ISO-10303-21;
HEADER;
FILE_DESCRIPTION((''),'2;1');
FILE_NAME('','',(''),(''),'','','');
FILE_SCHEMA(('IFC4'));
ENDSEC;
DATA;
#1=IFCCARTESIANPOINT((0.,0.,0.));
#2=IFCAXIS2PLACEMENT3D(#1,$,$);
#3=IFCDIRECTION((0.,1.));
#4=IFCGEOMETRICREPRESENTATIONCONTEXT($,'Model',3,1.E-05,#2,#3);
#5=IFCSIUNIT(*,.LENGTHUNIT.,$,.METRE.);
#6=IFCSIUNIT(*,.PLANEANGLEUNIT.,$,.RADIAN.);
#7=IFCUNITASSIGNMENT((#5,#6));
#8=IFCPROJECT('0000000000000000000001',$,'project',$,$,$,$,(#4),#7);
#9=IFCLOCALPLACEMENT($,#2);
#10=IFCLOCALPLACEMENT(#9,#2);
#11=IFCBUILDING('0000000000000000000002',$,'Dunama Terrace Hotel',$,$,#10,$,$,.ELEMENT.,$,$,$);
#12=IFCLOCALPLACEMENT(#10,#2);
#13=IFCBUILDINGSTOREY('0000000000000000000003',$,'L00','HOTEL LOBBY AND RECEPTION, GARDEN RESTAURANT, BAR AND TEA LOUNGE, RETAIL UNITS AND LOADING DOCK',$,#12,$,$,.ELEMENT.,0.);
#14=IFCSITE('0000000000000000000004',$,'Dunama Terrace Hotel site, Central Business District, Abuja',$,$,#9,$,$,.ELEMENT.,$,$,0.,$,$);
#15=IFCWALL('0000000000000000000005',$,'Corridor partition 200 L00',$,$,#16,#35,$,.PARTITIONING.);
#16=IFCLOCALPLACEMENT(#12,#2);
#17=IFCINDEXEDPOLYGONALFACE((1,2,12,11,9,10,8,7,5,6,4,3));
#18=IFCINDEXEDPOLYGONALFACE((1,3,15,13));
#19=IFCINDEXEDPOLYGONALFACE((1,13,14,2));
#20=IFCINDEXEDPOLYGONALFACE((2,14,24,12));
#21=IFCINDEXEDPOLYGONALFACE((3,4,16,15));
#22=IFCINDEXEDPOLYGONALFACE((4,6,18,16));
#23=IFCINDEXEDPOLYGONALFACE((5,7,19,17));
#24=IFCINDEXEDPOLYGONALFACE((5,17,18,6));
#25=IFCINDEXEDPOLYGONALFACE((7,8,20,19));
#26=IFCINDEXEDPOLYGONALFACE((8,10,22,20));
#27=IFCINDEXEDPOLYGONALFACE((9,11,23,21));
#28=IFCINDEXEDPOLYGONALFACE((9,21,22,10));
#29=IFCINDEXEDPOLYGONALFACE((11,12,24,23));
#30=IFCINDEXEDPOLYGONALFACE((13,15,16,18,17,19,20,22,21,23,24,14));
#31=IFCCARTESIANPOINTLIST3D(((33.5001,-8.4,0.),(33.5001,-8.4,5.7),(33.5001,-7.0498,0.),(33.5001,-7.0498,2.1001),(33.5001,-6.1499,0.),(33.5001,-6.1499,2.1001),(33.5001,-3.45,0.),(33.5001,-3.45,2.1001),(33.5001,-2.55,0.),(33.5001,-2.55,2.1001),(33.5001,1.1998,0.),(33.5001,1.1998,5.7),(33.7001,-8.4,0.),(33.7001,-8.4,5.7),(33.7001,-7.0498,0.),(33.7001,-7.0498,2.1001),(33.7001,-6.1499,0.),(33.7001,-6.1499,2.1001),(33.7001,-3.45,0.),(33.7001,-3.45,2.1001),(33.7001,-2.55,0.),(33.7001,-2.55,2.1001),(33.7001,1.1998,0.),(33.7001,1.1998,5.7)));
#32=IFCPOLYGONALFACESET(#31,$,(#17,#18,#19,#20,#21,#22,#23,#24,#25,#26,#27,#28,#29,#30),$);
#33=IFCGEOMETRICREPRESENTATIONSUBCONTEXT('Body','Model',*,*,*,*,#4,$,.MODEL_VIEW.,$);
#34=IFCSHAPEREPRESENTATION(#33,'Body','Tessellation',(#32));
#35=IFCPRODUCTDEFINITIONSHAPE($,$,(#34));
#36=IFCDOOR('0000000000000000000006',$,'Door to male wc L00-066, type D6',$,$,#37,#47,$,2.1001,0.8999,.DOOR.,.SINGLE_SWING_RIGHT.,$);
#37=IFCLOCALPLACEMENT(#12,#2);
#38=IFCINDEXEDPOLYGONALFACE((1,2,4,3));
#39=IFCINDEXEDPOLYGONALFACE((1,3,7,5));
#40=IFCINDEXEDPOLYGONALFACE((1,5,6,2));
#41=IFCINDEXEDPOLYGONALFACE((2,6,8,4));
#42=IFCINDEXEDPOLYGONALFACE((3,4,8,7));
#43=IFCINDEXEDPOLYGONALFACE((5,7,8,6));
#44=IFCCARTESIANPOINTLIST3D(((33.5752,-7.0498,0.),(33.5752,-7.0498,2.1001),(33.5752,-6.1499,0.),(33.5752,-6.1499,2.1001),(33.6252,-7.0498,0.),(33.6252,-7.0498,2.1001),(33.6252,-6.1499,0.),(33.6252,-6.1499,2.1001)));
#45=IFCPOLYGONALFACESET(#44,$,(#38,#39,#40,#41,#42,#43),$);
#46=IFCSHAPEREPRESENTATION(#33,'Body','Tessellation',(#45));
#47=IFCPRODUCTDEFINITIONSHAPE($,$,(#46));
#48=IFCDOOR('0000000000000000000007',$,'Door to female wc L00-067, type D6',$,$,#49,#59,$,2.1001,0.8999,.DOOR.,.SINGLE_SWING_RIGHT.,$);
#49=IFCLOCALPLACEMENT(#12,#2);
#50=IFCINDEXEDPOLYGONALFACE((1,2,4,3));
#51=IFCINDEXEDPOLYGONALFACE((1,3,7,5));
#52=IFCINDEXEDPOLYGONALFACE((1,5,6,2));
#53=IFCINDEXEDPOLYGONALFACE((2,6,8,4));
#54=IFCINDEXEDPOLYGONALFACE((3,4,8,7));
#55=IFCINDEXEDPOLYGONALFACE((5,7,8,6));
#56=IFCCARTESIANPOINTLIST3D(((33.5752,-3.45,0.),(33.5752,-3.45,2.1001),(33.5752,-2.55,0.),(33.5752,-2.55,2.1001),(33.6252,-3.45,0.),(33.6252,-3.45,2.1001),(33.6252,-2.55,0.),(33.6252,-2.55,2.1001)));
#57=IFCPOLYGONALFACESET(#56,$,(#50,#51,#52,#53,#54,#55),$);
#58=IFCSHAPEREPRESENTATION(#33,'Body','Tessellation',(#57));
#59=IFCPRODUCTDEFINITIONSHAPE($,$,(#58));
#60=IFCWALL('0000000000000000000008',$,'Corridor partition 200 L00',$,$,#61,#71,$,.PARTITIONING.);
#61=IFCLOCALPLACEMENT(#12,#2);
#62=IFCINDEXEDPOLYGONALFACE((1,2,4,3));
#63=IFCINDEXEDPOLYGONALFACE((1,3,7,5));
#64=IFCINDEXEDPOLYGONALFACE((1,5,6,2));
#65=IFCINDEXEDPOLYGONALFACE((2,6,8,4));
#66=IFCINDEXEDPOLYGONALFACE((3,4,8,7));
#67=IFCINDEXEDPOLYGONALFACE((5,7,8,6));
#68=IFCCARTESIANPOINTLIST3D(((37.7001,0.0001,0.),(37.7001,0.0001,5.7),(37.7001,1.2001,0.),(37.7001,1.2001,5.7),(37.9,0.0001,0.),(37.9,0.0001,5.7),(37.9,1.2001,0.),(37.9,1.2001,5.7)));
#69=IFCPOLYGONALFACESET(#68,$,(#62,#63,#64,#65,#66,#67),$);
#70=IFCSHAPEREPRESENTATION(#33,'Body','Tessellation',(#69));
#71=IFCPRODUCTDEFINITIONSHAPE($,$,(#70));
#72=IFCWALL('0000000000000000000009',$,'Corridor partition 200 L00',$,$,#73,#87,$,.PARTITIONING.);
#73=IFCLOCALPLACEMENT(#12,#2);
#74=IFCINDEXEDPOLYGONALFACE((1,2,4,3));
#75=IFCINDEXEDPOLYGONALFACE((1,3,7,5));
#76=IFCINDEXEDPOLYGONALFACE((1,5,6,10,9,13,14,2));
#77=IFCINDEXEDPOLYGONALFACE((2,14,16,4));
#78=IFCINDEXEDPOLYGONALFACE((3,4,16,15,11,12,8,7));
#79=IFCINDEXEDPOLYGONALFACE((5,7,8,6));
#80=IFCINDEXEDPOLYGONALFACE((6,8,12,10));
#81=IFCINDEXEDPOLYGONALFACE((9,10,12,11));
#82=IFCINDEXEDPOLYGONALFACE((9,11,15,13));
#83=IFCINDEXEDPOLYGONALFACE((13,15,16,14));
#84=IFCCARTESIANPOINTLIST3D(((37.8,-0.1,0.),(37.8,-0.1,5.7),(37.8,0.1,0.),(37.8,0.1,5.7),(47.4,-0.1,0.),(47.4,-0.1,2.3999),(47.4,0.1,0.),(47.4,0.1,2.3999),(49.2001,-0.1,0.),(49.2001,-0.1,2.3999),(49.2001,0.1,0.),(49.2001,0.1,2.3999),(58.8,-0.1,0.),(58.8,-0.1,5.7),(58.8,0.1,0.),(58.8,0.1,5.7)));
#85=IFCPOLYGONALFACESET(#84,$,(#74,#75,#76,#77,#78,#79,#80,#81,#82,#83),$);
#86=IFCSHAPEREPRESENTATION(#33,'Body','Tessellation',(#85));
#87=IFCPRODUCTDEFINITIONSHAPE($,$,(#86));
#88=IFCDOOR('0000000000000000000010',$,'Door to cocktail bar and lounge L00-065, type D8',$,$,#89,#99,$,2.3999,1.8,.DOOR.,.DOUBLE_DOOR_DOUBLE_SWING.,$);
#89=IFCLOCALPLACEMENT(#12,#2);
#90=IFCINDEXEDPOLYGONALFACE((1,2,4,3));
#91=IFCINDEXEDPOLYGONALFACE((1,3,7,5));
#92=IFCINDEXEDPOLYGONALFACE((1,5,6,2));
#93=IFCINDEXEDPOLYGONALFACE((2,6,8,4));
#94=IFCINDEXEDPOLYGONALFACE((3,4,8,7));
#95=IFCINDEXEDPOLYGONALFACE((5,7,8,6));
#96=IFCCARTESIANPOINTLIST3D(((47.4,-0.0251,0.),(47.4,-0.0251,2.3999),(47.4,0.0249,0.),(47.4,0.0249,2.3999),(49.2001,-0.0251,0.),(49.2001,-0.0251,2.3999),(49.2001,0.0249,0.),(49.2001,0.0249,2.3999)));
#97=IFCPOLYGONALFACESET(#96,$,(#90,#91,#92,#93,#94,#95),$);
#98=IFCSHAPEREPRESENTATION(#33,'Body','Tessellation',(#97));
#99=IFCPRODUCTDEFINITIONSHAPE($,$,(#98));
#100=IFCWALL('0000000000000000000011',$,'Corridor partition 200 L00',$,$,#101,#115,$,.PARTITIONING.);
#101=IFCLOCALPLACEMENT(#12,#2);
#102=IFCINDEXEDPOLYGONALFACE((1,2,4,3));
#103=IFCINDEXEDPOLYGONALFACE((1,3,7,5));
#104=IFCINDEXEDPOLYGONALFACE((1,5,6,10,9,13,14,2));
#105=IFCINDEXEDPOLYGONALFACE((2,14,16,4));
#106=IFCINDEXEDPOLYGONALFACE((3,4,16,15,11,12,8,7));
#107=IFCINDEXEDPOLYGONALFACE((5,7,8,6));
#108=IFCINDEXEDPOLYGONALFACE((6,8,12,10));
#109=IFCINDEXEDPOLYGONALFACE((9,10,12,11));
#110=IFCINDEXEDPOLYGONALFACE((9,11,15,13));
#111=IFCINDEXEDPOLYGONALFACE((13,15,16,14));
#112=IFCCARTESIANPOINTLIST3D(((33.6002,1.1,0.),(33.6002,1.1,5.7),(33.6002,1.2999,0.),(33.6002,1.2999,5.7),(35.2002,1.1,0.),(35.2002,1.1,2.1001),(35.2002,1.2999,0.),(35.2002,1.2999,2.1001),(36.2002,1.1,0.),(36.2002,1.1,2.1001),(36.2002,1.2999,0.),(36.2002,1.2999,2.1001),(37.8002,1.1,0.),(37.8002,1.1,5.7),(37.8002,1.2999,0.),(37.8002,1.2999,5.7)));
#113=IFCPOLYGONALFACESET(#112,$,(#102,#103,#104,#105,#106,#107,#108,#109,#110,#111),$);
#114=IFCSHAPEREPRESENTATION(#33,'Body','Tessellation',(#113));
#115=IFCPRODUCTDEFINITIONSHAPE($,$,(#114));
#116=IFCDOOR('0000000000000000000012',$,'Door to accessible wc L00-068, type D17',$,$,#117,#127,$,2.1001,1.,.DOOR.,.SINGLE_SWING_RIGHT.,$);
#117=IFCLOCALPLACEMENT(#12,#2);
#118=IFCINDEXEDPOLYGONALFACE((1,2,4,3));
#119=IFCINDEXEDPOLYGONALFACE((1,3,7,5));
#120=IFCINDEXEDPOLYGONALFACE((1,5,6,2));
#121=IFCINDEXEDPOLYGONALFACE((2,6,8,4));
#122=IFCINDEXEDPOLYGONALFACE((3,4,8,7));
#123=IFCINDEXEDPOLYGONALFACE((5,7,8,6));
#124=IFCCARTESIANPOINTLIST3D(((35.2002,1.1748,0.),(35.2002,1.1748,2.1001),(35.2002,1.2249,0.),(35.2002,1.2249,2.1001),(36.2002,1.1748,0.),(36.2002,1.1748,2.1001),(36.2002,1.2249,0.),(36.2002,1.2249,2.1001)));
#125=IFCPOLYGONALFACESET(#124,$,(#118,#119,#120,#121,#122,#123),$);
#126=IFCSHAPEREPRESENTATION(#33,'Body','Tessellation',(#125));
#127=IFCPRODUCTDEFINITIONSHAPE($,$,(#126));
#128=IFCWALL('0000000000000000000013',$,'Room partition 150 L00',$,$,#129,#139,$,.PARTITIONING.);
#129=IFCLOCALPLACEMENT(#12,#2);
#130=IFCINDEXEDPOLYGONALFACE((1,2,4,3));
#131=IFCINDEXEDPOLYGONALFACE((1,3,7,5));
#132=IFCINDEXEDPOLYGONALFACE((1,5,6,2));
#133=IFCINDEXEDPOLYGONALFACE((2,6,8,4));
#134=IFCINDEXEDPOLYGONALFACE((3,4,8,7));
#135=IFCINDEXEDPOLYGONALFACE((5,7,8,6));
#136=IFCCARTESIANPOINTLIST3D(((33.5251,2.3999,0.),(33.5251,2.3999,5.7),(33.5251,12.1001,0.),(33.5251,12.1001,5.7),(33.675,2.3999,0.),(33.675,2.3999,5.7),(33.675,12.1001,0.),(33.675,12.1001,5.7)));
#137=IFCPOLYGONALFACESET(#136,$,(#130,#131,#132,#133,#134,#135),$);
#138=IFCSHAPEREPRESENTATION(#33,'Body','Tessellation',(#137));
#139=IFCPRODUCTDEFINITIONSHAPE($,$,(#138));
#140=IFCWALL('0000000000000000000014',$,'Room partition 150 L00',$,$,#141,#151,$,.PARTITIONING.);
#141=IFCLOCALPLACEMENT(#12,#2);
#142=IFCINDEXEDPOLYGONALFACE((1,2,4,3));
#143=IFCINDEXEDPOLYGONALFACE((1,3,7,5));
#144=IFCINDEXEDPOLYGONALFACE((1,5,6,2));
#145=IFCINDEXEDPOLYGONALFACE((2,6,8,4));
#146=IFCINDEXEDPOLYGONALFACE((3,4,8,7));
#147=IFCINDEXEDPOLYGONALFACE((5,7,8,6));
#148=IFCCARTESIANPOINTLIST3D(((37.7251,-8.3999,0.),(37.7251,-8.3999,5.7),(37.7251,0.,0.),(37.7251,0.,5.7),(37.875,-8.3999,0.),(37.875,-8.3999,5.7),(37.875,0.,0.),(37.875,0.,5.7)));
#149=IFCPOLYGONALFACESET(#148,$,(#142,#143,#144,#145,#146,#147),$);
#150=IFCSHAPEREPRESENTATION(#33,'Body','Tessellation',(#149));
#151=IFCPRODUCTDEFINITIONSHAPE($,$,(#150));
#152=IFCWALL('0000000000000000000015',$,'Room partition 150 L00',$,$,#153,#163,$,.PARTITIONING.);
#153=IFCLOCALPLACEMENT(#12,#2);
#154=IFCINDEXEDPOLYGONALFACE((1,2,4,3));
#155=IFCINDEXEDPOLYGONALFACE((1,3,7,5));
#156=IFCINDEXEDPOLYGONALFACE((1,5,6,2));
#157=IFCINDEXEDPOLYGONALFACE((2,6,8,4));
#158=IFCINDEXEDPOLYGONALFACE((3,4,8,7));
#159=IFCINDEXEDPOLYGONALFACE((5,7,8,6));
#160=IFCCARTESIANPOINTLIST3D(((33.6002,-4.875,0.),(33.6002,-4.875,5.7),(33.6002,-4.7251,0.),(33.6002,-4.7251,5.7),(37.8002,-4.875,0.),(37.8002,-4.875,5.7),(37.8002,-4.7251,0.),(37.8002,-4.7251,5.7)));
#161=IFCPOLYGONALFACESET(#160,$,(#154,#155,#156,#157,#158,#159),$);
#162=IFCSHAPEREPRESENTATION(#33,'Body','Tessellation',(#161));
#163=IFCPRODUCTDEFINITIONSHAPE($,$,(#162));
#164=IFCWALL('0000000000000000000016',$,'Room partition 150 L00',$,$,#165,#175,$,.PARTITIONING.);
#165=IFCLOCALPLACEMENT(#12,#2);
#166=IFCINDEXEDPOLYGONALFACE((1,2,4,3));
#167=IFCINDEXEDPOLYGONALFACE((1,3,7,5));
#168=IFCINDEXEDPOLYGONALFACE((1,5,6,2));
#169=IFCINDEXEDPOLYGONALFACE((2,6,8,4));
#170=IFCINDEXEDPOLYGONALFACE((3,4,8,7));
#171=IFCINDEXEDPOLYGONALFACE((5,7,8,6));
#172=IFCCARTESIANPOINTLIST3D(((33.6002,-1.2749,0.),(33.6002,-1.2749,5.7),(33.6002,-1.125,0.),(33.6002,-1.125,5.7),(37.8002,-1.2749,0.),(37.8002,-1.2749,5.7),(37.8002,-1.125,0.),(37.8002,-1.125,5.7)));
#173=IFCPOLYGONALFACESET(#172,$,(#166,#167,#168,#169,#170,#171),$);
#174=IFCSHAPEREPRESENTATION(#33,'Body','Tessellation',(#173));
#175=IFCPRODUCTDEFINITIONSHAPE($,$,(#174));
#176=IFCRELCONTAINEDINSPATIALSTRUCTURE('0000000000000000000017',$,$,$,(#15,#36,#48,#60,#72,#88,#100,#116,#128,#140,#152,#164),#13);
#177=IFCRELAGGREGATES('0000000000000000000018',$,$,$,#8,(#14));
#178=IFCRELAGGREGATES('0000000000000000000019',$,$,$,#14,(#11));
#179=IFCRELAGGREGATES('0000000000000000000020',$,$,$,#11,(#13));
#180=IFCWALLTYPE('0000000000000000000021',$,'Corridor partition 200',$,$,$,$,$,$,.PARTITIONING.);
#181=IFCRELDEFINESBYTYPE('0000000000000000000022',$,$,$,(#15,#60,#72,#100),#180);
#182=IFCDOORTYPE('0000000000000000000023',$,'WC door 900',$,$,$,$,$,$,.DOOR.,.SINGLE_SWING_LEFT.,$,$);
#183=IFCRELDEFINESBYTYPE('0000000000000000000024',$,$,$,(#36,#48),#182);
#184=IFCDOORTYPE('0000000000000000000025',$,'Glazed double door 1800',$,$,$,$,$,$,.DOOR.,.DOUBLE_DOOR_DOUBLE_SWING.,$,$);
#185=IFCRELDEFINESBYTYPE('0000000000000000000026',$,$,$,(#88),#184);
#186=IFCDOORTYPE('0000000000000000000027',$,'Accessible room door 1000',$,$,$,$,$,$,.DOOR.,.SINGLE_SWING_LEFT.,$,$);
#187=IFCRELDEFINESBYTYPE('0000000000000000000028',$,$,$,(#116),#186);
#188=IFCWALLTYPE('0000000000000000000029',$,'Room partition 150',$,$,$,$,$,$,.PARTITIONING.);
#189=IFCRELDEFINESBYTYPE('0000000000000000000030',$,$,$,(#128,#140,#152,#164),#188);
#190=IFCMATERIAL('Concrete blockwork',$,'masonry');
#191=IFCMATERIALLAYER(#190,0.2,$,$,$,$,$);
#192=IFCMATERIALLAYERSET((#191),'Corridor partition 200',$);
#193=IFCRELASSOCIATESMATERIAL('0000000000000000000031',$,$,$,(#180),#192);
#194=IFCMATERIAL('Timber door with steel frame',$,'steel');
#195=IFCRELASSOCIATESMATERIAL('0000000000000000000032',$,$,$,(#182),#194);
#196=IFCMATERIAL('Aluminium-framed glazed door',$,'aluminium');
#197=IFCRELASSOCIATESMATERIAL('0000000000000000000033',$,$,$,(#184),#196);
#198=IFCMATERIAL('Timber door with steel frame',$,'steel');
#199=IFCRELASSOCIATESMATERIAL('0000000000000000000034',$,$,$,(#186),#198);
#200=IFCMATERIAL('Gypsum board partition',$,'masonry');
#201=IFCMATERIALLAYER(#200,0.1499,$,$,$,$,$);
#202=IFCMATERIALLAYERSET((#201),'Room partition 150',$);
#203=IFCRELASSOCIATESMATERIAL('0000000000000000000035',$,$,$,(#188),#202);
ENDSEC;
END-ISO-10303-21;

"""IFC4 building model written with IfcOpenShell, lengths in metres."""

from ifc_helpers import new_model, si_unit, direction, frame, frame_2d, origin, place, context, subcontext, project, spatial, rectangle, extrude, material, layer, layer_set, type_object, element, fill, save


model = new_model("IFC4")

# Units and contexts
model_context = context("Model", 3, precision=1e-05, world=origin(), true_north=direction((0.0, 1.0)))
body_context = subcontext(model_context, "Body", "Model", "MODEL_VIEW")
ifc_project = project(units=[si_unit("LENGTHUNIT", "METRE"), si_unit("PLANEANGLEUNIT", "RADIAN")], contexts=[model_context])

# Site, building, storey
site_placement = place(None, origin())
site = spatial("IfcSite", under=ifc_project, at=site_placement, Name="Dunama Terrace Hotel site, Central Business District, Abuja", CompositionType="ELEMENT", RefElevation=0.0)
building_placement = place(site_placement, origin())
building = spatial("IfcBuilding", under=site, at=building_placement, Name="Dunama Terrace Hotel", CompositionType="ELEMENT")
storey_placement = place(building_placement, origin())
storey = spatial("IfcBuildingStorey", under=building, at=storey_placement, Name="L00", Description="HOTEL LOBBY AND RECEPTION, GARDEN RESTAURANT, BAR AND TEA LOUNGE, RETAIL UNITS AND LOADING DOCK", CompositionType="ELEMENT", Elevation=0.0)

# Wall, openings, doors
ifc_material_1 = material(Name="Concrete blockwork", Category="masonry")
ifc_layer_1 = layer(ifc_material_1, 0.2)
ifc_layer_set_1 = layer_set([ifc_layer_1], Name="Corridor partition 200")
wall_type_1 = type_object("IfcWallType", Name="Corridor partition 200", PredefinedType="PARTITIONING", material=ifc_layer_set_1)
wall_1_placement = place(storey_placement, frame((33.6001, -8.3999, 0.0), z_axis=(0.0, 0.0, 1.0), x_axis=(0.0, 1.0, 0.0)))
wall_1 = element("IfcWall", 1, at=wall_1_placement, inside=storey, type_object=wall_type_1, Name="Corridor partition 200 L00", PredefinedType="PARTITIONING", context=body_context, shape_type="SweptSolid", body=[
    extrude(rectangle(XDim=9.5999, YDim=0.2, at=frame_2d((4.7998, 0.0))), origin(), (0.0, 0.0, 1.0), 5.7),
])
opening_1_placement = place(wall_1_placement, frame((1.3501, 0.0, 0.0)))
opening_1 = element("IfcOpeningElement", 2, at=opening_1_placement, cuts=wall_1, PredefinedType="OPENING", context=body_context, shape_type="SweptSolid", body=[
    extrude(rectangle(XDim=0.8999, YDim=2.1001, at=frame_2d((0.45, 1.05))), frame((0.0, 0.1099, 0.0), z_axis=(0.0, -1.0, 0.0), x_axis=(1.0, 0.0, 0.0)), (0.0, 0.0, 1.0), 0.22),
])
opening_2_placement = place(wall_1_placement, frame((4.95, 0.0, 0.0)))
opening_2 = element("IfcOpeningElement", 3, at=opening_2_placement, cuts=wall_1, PredefinedType="OPENING", context=body_context, shape_type="SweptSolid", body=[
    extrude(rectangle(XDim=0.8999, YDim=2.1001, at=frame_2d((0.45, 1.05))), frame((0.0, 0.1099, 0.0), z_axis=(0.0, -1.0, 0.0), x_axis=(1.0, 0.0, 0.0)), (0.0, 0.0, 1.0), 0.22),
])
ifc_material_2 = material(Name="Timber door with steel frame", Category="steel")
door_type_1 = type_object("IfcDoorType", Name="WC door 900", OperationType="SINGLE_SWING_LEFT", PredefinedType="DOOR", material=ifc_material_2)
door_1_placement = place(opening_1_placement, frame((0.8999, 0.0, 0.0), z_axis=(0.0, 0.0, 1.0), x_axis=(-1.0, 0.0, 0.0)))
door_1 = element("IfcDoor", 4, at=door_1_placement, inside=storey, type_object=door_type_1, Name="Door to male wc L00-066, type D6", OperationType="SINGLE_SWING_RIGHT", OverallHeight=2.1001, OverallWidth=0.8999, PredefinedType="DOOR", context=body_context, shape_type="SweptSolid", body=[
    extrude(rectangle(XDim=0.8999, YDim=2.1001, at=frame_2d((0.45, 1.05))), frame((0.0, 0.0251, 0.0), z_axis=(0.0, -1.0, 0.0), x_axis=(1.0, 0.0, 0.0)), (0.0, 0.0, 1.0), 0.05),
])
fill(opening_1, door_1)
door_2_placement = place(opening_2_placement, frame((0.8999, 0.0, 0.0), z_axis=(0.0, 0.0, 1.0), x_axis=(-1.0, 0.0, 0.0)))
door_2 = element("IfcDoor", 5, at=door_2_placement, inside=storey, type_object=door_type_1, Name="Door to female wc L00-067, type D6", OperationType="SINGLE_SWING_RIGHT", OverallHeight=2.1001, OverallWidth=0.8999, PredefinedType="DOOR", context=body_context, shape_type="SweptSolid", body=[
    extrude(rectangle(XDim=0.8999, YDim=2.1001, at=frame_2d((0.45, 1.05))), frame((0.0, 0.0251, 0.0), z_axis=(0.0, -1.0, 0.0), x_axis=(1.0, 0.0, 0.0)), (0.0, 0.0, 1.0), 0.05),
])
fill(opening_2, door_2)

# Wall
wall_2_placement = place(storey_placement, frame((37.8, 0.0, 0.0), z_axis=(0.0, 0.0, 1.0), x_axis=(0.0, 1.0, 0.0)))
element("IfcWall", 6, at=wall_2_placement, inside=storey, type_object=wall_type_1, Name="Corridor partition 200 L00", PredefinedType="PARTITIONING", context=body_context, shape_type="SweptSolid", body=[
    extrude(rectangle(XDim=1.2, YDim=0.2, at=frame_2d((0.6001, 0.0))), origin(), (0.0, 0.0, 1.0), 5.7),
])

# Walls, openings, doors
wall_3_placement = place(storey_placement, frame((37.8, 0.0, 0.0), z_axis=(0.0, 0.0, 1.0), x_axis=(1.0, 0.0, 0.0)))
wall_3 = element("IfcWall", 7, at=wall_3_placement, inside=storey, type_object=wall_type_1, Name="Corridor partition 200 L00", PredefinedType="PARTITIONING", context=body_context, shape_type="SweptSolid", body=[
    extrude(rectangle(XDim=21.0, YDim=0.2, at=frame_2d((10.5, 0.0))), origin(), (0.0, 0.0, 1.0), 5.7),
])
opening_3_placement = place(wall_3_placement, frame((9.6001, 0.0, 0.0)))
opening_3 = element("IfcOpeningElement", 8, at=opening_3_placement, cuts=wall_3, PredefinedType="OPENING", context=body_context, shape_type="SweptSolid", body=[
    extrude(rectangle(XDim=1.8, YDim=2.3999, at=frame_2d((0.8999, 1.2))), frame((0.0, 0.1099, 0.0), z_axis=(0.0, -1.0, 0.0), x_axis=(1.0, 0.0, 0.0)), (0.0, 0.0, 1.0), 0.22),
])
ifc_material_3 = material(Name="Aluminium-framed glazed door", Category="aluminium")
door_type_2 = type_object("IfcDoorType", Name="Glazed double door 1800", OperationType="DOUBLE_DOOR_DOUBLE_SWING", PredefinedType="DOOR", material=ifc_material_3)
door_3_placement = place(opening_3_placement, origin())
door_3 = element("IfcDoor", 9, at=door_3_placement, inside=storey, type_object=door_type_2, Name="Door to cocktail bar and lounge L00-065, type D8", OperationType="DOUBLE_DOOR_DOUBLE_SWING", OverallHeight=2.3999, OverallWidth=1.8, PredefinedType="DOOR", context=body_context, shape_type="SweptSolid", body=[
    extrude(rectangle(XDim=1.8, YDim=2.3999, at=frame_2d((0.8999, 1.2))), frame((0.0, 0.0249, 0.0), z_axis=(0.0, -1.0, 0.0), x_axis=(1.0, 0.0, 0.0)), (0.0, 0.0, 1.0), 0.05),
])
fill(opening_3, door_3)
wall_4_placement = place(storey_placement, frame((33.6001, 1.2, 0.0), z_axis=(0.0, 0.0, 1.0), x_axis=(1.0, 0.0, 0.0)))
wall_4 = element("IfcWall", 10, at=wall_4_placement, inside=storey, type_object=wall_type_1, Name="Corridor partition 200 L00", PredefinedType="PARTITIONING", context=body_context, shape_type="SweptSolid", body=[
    extrude(rectangle(XDim=4.2, YDim=0.2, at=frame_2d((2.1001, 0.0))), origin(), (0.0, 0.0, 1.0), 5.7),
])
opening_4_placement = place(wall_4_placement, frame((1.6001, 0.0, 0.0)))
opening_4 = element("IfcOpeningElement", 11, at=opening_4_placement, cuts=wall_4, PredefinedType="OPENING", context=body_context, shape_type="SweptSolid", body=[
    extrude(rectangle(XDim=1.0, YDim=2.1001, at=frame_2d((0.5, 1.05))), frame((0.0, 0.1099, 0.0), z_axis=(0.0, -1.0, 0.0), x_axis=(1.0, 0.0, 0.0)), (0.0, 0.0, 1.0), 0.22),
])
ifc_material_4 = material(Name="Timber door with steel frame", Category="steel")
door_type_3 = type_object("IfcDoorType", Name="Accessible room door 1000", OperationType="SINGLE_SWING_LEFT", PredefinedType="DOOR", material=ifc_material_4)
door_4_placement = place(opening_4_placement, frame((1.0, 0.0, 0.0), z_axis=(0.0, 0.0, 1.0), x_axis=(-1.0, 0.0, 0.0)))
door_4 = element("IfcDoor", 12, at=door_4_placement, inside=storey, type_object=door_type_3, Name="Door to accessible wc L00-068, type D17", OperationType="SINGLE_SWING_RIGHT", OverallHeight=2.1001, OverallWidth=1.0, PredefinedType="DOOR", context=body_context, shape_type="SweptSolid", body=[
    extrude(rectangle(XDim=1.0, YDim=2.1001, at=frame_2d((0.5, 1.05))), frame((0.0, 0.0251, 0.0), z_axis=(0.0, -1.0, 0.0), x_axis=(1.0, 0.0, 0.0)), (0.0, 0.0, 1.0), 0.05),
])
fill(opening_4, door_4)

# Walls
ifc_material_5 = material(Name="Gypsum board partition", Category="masonry")
ifc_layer_2 = layer(ifc_material_5, 0.1499)
ifc_layer_set_2 = layer_set([ifc_layer_2], Name="Room partition 150")
wall_type_2 = type_object("IfcWallType", Name="Room partition 150", PredefinedType="PARTITIONING", material=ifc_layer_set_2)
wall_5_placement = place(storey_placement, frame((33.6001, 2.3999, 0.0), z_axis=(0.0, 0.0, 1.0), x_axis=(0.0, 1.0, 0.0)))
element("IfcWall", 13, at=wall_5_placement, inside=storey, type_object=wall_type_2, Name="Room partition 150 L00", PredefinedType="PARTITIONING", context=body_context, shape_type="SweptSolid", body=[
    extrude(rectangle(XDim=9.7002, YDim=0.1499, at=frame_2d((4.8501, 0.0))), origin(), (0.0, 0.0, 1.0), 5.7),
])
wall_6_placement = place(storey_placement, frame((37.8, -8.3999, 0.0), z_axis=(0.0, 0.0, 1.0), x_axis=(0.0, 1.0, 0.0)))
element("IfcWall", 14, at=wall_6_placement, inside=storey, type_object=wall_type_2, Name="Room partition 150 L00", PredefinedType="PARTITIONING", context=body_context, shape_type="SweptSolid", body=[
    extrude(rectangle(XDim=8.3999, YDim=0.1499, at=frame_2d((4.2, 0.0))), origin(), (0.0, 0.0, 1.0), 5.7),
])
for number, where, z_axis, x_axis, name in (
    (15, (33.6001, -4.8, 0.0), (0.0, 0.0, 1.0), (1.0, 0.0, 0.0), "Room partition 150 L00"),
    (16, (33.6001, -1.2, 0.0), (0.0, 0.0, 1.0), (1.0, 0.0, 0.0), "Room partition 150 L00"),
):
    element("IfcWall", number, at=place(storey_placement, frame(where, z_axis=z_axis, x_axis=x_axis)), inside=storey, type_object=wall_type_2, Name=name, PredefinedType="PARTITIONING", context=body_context, shape_type="SweptSolid", body=[
        extrude(rectangle(XDim=4.2, YDim=0.1499, at=frame_2d((2.1001, 0.0))), origin(), (0.0, 0.0, 1.0), 5.7),
    ])

save(model, "model.ifc")
